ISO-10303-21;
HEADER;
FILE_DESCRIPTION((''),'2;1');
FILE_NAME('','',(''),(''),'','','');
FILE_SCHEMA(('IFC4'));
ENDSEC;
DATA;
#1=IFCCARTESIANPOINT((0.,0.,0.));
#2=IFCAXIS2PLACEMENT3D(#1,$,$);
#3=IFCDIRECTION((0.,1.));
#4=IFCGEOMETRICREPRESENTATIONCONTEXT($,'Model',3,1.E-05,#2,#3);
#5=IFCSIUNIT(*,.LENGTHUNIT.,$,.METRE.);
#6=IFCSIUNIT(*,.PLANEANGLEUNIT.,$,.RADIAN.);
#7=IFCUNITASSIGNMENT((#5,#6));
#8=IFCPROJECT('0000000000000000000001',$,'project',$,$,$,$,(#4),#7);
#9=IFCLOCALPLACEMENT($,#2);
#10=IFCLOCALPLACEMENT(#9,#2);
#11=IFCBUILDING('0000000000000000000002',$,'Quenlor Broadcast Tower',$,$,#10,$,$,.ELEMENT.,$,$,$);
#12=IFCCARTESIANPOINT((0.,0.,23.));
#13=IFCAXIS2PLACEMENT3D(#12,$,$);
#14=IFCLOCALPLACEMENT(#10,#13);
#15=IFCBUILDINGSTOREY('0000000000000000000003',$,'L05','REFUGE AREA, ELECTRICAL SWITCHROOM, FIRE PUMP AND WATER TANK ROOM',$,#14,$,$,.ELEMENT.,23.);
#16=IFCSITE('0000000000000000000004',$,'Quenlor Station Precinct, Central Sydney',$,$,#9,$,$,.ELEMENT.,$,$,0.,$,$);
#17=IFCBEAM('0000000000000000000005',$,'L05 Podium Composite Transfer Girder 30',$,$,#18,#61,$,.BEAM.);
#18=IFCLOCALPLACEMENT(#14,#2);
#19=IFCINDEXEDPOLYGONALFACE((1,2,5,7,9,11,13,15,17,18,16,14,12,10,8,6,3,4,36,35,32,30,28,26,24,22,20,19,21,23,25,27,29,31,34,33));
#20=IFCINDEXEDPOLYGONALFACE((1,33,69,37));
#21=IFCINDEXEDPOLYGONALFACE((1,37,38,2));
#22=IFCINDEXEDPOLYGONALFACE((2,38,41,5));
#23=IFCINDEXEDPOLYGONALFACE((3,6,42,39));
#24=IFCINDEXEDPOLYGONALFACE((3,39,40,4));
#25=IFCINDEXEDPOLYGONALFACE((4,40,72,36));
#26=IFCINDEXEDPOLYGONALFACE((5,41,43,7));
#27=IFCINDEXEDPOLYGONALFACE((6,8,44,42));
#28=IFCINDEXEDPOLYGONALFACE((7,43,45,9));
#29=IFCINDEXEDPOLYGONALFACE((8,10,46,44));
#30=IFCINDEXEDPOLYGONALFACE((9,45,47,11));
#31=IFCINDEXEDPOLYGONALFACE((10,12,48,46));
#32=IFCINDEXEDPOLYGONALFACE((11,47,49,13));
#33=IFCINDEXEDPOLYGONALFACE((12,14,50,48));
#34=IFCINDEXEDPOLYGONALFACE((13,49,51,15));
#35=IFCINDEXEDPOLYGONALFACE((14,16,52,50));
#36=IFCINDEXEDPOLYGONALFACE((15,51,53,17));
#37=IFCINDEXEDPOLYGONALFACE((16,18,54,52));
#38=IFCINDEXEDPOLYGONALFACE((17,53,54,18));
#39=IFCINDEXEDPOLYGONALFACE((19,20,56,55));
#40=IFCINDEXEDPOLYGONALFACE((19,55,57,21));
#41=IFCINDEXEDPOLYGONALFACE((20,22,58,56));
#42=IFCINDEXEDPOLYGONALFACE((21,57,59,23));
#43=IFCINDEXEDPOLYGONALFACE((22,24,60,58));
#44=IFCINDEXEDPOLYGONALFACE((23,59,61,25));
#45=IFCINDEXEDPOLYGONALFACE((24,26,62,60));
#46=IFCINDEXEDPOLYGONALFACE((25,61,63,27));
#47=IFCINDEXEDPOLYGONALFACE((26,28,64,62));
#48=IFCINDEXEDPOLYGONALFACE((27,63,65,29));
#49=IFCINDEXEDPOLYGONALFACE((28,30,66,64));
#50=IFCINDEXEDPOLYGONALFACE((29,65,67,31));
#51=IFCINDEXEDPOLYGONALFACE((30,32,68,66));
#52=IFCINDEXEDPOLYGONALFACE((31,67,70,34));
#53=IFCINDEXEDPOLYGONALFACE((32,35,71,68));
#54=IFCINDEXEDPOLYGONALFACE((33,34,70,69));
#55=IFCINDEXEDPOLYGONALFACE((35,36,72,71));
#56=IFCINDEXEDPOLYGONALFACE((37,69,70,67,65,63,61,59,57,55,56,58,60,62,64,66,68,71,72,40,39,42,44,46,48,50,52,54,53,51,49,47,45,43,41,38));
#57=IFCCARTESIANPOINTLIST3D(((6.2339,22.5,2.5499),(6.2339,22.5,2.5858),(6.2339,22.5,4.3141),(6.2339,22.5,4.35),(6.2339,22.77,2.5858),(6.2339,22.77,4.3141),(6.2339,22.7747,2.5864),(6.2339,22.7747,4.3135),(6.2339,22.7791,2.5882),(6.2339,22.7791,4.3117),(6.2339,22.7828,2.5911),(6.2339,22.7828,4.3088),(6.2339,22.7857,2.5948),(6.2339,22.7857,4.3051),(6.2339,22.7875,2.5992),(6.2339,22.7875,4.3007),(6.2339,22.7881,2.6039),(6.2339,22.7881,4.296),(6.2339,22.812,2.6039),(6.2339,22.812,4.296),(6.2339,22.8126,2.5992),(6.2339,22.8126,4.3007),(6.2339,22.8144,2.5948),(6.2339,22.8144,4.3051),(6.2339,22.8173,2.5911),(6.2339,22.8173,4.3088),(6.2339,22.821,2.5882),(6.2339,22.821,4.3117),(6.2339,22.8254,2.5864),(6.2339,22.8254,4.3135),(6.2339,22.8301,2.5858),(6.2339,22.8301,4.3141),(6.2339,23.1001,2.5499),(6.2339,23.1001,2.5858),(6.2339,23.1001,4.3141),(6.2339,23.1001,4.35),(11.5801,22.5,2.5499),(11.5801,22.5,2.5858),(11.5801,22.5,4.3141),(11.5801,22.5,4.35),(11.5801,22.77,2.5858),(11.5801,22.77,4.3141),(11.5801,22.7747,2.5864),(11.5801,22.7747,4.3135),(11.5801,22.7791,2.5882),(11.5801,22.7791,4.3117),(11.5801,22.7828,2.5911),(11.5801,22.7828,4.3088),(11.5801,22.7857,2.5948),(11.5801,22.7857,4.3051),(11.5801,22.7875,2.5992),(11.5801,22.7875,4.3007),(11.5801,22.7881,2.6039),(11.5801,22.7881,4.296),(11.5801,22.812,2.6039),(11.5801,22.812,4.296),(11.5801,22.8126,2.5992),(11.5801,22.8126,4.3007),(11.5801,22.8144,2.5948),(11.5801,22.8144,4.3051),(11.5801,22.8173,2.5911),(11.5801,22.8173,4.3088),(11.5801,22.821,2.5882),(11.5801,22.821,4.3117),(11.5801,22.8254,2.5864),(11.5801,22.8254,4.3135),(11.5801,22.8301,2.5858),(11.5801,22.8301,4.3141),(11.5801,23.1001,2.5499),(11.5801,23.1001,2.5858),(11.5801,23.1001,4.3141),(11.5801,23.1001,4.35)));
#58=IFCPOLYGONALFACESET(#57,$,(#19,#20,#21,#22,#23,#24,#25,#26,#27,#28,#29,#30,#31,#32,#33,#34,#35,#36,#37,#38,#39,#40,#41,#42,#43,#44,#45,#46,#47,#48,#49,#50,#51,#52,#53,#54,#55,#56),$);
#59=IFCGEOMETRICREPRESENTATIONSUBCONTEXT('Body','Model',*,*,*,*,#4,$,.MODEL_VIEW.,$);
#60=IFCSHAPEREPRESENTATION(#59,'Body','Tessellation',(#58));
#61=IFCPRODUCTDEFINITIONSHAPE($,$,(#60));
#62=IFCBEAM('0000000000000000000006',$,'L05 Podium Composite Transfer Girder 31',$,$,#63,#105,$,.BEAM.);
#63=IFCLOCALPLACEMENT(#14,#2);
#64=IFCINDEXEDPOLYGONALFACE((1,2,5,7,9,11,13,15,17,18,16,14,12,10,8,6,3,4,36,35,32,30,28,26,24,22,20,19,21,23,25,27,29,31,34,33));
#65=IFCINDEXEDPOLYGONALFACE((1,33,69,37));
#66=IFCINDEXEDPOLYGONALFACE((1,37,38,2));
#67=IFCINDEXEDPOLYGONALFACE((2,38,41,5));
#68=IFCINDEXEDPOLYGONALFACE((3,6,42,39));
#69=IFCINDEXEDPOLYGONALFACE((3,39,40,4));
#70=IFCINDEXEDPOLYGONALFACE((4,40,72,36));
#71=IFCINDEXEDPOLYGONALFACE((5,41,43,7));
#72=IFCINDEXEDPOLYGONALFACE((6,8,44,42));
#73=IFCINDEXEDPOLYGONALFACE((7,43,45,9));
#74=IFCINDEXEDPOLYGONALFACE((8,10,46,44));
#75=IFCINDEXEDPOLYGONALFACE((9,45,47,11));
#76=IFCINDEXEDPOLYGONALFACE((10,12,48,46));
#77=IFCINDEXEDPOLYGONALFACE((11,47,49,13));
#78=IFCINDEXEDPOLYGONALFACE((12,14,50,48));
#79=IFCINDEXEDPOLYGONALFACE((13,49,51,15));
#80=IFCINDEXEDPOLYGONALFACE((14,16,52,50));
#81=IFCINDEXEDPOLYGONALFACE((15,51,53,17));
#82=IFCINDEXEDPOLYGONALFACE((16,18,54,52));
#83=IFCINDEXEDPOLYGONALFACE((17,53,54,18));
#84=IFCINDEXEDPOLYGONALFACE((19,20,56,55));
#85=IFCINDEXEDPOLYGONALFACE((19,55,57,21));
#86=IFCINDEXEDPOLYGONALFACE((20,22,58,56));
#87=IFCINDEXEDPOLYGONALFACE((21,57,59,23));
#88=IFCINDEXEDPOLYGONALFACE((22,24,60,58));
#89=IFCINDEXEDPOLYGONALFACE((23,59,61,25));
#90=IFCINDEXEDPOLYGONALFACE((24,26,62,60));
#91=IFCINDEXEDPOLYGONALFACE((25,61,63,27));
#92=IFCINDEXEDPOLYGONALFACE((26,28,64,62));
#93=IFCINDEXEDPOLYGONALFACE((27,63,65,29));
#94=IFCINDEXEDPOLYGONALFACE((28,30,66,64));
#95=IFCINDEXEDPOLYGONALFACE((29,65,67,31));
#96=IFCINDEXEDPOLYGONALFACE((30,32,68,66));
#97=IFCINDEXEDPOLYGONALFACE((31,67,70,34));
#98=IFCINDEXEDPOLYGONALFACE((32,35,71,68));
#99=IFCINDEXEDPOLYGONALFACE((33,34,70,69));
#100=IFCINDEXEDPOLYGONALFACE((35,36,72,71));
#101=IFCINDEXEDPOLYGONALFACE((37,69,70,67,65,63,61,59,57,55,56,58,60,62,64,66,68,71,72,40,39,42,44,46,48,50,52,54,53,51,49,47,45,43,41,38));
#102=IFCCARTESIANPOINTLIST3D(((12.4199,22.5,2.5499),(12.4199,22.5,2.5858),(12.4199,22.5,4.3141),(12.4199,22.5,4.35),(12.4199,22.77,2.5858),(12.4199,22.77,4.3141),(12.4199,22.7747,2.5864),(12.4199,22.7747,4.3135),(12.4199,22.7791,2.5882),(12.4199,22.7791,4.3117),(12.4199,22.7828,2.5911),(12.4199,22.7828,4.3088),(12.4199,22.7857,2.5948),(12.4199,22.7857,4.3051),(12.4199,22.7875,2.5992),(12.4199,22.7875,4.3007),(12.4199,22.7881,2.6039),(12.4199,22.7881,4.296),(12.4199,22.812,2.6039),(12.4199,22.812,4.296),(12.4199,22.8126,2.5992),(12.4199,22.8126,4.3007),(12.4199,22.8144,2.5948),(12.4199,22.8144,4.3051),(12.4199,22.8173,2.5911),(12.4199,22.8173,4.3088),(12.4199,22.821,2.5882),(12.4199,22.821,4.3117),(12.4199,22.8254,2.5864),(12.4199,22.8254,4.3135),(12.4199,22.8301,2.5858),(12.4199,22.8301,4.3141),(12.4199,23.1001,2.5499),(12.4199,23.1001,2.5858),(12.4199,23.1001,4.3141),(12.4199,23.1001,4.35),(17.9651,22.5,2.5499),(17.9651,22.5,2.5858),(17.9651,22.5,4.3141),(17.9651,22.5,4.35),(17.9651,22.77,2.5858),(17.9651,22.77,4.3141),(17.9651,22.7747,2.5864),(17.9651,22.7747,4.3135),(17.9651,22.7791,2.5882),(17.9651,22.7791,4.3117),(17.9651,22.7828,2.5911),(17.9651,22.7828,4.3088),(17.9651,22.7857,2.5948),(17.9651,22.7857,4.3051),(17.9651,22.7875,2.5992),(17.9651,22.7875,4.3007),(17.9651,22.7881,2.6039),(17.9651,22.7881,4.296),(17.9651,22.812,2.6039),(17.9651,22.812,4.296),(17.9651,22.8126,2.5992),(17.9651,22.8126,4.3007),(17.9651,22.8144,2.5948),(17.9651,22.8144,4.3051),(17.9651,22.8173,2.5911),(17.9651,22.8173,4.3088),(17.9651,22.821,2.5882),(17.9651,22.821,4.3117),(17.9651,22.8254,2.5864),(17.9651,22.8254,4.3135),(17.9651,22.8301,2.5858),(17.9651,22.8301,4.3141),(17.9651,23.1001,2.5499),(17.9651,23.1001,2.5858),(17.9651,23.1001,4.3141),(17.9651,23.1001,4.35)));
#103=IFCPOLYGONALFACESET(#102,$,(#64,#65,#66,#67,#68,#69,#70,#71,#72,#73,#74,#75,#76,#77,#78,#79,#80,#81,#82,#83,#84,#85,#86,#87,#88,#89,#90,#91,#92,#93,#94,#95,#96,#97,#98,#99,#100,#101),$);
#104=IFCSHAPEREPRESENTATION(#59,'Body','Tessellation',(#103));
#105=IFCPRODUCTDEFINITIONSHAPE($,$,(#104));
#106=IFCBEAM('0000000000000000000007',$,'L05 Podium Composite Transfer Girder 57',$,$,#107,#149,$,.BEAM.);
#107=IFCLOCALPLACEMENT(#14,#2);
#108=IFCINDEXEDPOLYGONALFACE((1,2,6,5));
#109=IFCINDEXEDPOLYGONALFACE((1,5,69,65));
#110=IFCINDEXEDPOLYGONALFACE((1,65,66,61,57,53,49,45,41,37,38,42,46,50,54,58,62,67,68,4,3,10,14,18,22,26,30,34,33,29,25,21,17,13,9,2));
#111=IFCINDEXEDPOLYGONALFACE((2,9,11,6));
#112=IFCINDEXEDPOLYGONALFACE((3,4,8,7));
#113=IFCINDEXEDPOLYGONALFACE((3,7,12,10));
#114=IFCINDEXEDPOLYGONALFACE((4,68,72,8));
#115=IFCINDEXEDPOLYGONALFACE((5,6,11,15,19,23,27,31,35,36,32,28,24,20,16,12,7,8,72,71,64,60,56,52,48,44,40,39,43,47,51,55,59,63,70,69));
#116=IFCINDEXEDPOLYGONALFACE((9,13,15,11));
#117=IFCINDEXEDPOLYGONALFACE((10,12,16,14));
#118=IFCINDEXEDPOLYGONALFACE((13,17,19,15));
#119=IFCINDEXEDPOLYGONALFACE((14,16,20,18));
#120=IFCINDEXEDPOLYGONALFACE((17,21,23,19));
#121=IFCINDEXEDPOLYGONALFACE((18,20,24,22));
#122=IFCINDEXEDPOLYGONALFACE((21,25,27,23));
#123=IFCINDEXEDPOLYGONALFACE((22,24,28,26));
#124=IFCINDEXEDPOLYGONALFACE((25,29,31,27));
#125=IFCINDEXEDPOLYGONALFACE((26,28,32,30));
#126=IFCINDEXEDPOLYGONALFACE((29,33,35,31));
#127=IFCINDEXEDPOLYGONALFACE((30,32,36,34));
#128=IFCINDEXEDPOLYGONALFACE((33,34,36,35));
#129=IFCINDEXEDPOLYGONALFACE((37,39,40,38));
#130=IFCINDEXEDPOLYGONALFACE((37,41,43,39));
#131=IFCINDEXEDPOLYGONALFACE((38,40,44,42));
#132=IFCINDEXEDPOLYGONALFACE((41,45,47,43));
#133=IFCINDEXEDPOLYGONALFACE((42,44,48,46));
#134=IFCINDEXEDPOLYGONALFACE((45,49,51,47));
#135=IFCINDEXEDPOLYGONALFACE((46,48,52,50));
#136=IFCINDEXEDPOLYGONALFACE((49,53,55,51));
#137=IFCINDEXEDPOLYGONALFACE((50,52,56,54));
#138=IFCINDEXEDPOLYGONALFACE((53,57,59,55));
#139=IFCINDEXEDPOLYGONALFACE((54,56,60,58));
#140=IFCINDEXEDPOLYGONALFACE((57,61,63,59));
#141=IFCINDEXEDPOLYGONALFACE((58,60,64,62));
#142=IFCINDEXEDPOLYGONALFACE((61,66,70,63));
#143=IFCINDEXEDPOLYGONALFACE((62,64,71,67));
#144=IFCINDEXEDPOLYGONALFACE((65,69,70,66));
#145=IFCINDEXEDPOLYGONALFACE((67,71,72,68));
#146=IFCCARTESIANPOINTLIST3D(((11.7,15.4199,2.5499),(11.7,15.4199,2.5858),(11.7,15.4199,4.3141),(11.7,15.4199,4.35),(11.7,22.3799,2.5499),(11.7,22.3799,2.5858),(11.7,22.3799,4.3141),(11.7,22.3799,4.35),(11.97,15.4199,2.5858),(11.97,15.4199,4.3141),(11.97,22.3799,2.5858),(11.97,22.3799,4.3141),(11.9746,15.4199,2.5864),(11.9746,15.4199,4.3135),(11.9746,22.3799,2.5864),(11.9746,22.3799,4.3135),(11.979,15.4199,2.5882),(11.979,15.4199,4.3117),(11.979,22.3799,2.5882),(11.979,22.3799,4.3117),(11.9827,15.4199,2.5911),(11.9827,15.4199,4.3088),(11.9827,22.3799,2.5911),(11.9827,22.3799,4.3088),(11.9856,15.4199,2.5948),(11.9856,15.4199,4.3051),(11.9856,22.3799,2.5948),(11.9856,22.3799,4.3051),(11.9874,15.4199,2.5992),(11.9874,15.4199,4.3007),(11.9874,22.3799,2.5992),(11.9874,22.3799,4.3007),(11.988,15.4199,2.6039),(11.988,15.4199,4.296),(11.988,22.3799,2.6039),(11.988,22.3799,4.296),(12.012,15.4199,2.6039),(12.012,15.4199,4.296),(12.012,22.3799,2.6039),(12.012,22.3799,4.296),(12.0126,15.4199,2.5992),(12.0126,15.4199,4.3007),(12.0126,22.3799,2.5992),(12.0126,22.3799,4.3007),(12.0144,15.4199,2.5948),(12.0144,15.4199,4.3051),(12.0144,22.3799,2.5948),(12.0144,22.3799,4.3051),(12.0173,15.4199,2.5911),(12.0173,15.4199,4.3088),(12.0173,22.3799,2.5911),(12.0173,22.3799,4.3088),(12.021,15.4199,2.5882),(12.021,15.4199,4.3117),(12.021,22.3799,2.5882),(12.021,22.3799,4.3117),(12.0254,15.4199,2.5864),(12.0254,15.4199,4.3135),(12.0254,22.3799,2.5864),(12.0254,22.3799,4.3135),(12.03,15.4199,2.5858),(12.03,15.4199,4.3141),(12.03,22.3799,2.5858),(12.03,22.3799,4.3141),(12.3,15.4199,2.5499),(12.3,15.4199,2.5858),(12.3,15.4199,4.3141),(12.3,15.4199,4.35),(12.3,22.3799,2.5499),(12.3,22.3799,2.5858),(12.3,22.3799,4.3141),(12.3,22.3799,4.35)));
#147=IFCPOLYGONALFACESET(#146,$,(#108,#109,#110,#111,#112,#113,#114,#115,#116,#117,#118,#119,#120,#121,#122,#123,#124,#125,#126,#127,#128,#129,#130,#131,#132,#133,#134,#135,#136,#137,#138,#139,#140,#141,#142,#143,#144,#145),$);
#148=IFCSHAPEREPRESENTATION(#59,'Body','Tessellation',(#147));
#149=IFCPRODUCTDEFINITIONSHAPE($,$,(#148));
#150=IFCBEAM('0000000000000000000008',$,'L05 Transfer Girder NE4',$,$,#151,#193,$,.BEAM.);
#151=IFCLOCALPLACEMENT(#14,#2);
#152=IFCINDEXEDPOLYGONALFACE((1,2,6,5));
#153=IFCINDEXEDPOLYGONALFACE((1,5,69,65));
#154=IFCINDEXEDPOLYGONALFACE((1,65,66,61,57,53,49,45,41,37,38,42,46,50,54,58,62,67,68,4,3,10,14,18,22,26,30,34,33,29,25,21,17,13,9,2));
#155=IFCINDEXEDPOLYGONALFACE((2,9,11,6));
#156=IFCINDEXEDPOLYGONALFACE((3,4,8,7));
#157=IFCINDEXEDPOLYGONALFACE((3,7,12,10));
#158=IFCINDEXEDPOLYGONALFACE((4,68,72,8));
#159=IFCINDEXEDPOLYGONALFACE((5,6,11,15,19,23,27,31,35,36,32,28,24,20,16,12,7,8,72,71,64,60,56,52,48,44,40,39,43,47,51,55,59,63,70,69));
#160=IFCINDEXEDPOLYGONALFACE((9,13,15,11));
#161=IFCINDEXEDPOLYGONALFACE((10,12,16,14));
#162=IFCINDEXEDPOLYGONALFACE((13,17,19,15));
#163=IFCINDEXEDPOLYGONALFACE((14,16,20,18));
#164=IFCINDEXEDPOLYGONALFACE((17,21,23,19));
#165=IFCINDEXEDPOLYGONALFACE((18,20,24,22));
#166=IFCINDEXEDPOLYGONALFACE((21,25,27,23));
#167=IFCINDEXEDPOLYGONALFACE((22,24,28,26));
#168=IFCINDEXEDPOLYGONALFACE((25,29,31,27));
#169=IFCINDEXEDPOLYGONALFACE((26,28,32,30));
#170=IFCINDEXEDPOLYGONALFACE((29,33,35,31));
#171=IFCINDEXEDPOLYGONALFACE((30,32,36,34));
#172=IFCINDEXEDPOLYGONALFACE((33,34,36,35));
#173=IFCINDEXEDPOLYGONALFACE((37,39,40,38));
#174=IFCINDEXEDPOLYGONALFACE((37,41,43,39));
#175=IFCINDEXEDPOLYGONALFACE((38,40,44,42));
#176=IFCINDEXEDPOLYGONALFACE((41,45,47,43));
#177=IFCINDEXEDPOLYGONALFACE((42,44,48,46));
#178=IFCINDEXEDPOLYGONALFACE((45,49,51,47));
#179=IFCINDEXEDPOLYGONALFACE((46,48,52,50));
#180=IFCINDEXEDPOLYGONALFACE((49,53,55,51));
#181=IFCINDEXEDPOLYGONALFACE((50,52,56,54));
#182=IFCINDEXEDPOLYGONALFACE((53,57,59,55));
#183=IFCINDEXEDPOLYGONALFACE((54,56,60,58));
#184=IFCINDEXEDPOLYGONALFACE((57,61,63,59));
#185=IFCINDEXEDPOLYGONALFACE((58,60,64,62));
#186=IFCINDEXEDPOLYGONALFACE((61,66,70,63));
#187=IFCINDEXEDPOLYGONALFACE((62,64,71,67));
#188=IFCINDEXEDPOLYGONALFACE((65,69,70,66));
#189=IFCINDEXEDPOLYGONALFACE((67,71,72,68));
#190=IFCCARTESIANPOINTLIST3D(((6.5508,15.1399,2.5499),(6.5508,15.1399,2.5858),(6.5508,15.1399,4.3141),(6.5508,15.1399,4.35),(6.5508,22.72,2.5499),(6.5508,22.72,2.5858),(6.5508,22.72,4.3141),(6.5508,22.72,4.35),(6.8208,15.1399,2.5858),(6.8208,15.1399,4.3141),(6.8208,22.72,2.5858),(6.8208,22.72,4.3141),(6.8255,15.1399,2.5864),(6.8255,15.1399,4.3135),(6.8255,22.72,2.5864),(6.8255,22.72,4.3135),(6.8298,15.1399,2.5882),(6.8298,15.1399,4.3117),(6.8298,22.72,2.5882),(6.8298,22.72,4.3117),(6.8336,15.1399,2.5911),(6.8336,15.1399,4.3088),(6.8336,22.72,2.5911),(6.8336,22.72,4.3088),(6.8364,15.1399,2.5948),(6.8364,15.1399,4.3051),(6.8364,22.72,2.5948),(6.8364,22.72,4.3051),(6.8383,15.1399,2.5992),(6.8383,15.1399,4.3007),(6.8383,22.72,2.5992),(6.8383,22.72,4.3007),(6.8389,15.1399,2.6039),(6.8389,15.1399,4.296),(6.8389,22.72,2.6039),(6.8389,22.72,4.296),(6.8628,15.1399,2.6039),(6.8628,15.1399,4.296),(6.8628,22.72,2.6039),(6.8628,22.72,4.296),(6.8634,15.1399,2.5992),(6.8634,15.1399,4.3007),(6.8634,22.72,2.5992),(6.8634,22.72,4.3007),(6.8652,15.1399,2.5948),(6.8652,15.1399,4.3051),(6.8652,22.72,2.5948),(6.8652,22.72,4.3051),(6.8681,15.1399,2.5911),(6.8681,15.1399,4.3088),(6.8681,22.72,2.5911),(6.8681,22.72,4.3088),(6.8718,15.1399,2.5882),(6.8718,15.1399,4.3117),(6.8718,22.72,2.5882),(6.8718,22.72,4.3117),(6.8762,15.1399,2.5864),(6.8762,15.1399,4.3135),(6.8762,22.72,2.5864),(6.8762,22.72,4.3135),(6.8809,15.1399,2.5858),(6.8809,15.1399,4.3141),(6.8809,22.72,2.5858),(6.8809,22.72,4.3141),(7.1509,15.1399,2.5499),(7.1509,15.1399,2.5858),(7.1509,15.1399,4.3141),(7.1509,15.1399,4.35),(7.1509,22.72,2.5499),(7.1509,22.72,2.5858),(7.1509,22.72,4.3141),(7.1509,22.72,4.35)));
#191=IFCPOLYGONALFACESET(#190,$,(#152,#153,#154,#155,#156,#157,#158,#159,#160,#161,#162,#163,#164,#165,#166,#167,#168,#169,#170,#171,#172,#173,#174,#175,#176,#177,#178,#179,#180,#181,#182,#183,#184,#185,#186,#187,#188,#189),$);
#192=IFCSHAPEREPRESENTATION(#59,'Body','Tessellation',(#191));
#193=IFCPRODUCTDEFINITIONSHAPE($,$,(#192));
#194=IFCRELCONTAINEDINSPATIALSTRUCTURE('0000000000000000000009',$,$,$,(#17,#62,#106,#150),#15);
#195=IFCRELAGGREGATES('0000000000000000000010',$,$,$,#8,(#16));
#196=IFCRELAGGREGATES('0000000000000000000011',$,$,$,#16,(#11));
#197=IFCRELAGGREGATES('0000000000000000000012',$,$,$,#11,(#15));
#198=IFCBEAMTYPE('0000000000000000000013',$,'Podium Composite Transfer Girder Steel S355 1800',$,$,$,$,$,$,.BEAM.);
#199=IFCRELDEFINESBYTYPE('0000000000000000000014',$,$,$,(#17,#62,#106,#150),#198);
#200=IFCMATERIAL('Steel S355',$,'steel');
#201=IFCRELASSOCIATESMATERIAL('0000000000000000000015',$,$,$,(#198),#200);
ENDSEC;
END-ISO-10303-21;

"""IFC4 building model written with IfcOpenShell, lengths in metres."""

from ifc_helpers import new_model, si_unit, direction, frame, origin, origin_2d, place, context, subcontext, project, spatial, i_section, extrude, material, material_profile, profile_set, type_object, element, save


model = new_model("IFC4")

# Units and contexts
model_context = context("Model", 3, precision=1e-05, world=origin(), true_north=direction((0.0, 1.0)))
body_context = subcontext(model_context, "Body", "Model", "MODEL_VIEW")
ifc_project = project(units=[si_unit("LENGTHUNIT", "METRE"), si_unit("PLANEANGLEUNIT", "RADIAN")], contexts=[model_context])

# Site, building, storey
site_placement = place(None, origin())
site = spatial("IfcSite", under=ifc_project, at=site_placement, Name="Quenlor Station Precinct, Central Sydney", CompositionType="ELEMENT", RefElevation=0.0)
building_placement = place(site_placement, origin())
building = spatial("IfcBuilding", under=site, at=building_placement, Name="Quenlor Broadcast Tower", CompositionType="ELEMENT")
storey_placement = place(building_placement, frame((0.0, 0.0, 23.0)))
storey = spatial("IfcBuildingStorey", under=building, at=storey_placement, Name="L05", Description="REFUGE AREA, ELECTRICAL SWITCHROOM, FIRE PUMP AND WATER TANK ROOM", CompositionType="ELEMENT", Elevation=23.0)

# Beams
ifc_material_1 = material(Name="Steel S355", Category="steel")
ifc_material_profile_1 = material_profile(ifc_material_1, i_section(OverallWidth=0.6001, OverallDepth=1.8, WebThickness=0.0239, FlangeThickness=0.0359, FilletRadius=0.0181, at=origin_2d()))
ifc_profile_set_1 = profile_set([ifc_material_profile_1], Name="Steel S355 1800TG620")
beam_type_1 = type_object("IfcBeamType", Name="Podium Composite Transfer Girder Steel S355 1800", PredefinedType="BEAM", material=ifc_profile_set_1)
for number, where, z_axis, x_axis, name in (
    (1, (6.2339, 22.8, 3.45), (1.0, 0.0, 0.0), (0.0, 1.0, 0.0), "L05 Podium Composite Transfer Girder 30"),
):
    element("IfcBeam", number, at=place(storey_placement, frame(where, z_axis=z_axis, x_axis=x_axis)), inside=storey, type_object=beam_type_1, Name=name, PredefinedType="BEAM", context=body_context, shape_type="SweptSolid", body=[
        extrude(i_section(OverallWidth=0.6001, OverallDepth=1.8, WebThickness=0.0239, FlangeThickness=0.0359, FilletRadius=0.0181, at=origin_2d()), origin(), (0.0, 0.0, 1.0), 5.3462),
    ])
beam_1_placement = place(storey_placement, frame((12.4199, 22.8, 3.45), z_axis=(1.0, 0.0, 0.0), x_axis=(0.0, 1.0, 0.0)))
element("IfcBeam", 2, at=beam_1_placement, inside=storey, type_object=beam_type_1, Name="L05 Podium Composite Transfer Girder 31", PredefinedType="BEAM", context=body_context, shape_type="SweptSolid", body=[
    extrude(i_section(OverallWidth=0.6001, OverallDepth=1.8, WebThickness=0.0239, FlangeThickness=0.0359, FilletRadius=0.0181, at=origin_2d()), origin(), (0.0, 0.0, 1.0), 5.5452),
])
beam_2_placement = place(storey_placement, frame((12.0, 15.4199, 3.45), z_axis=(0.0, 1.0, 0.0), x_axis=(-1.0, 0.0, 0.0)))
element("IfcBeam", 3, at=beam_2_placement, inside=storey, type_object=beam_type_1, Name="L05 Podium Composite Transfer Girder 57", PredefinedType="BEAM", context=body_context, shape_type="SweptSolid", body=[
    extrude(i_section(OverallWidth=0.6001, OverallDepth=1.8, WebThickness=0.0239, FlangeThickness=0.0359, FilletRadius=0.0181, at=origin_2d()), origin(), (0.0, 0.0, 1.0), 6.96),
])
beam_3_placement = place(storey_placement, frame((6.8508, 15.1399, 3.45), z_axis=(0.0, 1.0, 0.0), x_axis=(-1.0, 0.0, 0.0)))
element("IfcBeam", 4, at=beam_3_placement, inside=storey, type_object=beam_type_1, Name="L05 Transfer Girder NE4", PredefinedType="BEAM", context=body_context, shape_type="SweptSolid", body=[
    extrude(i_section(OverallWidth=0.6001, OverallDepth=1.8, WebThickness=0.0239, FlangeThickness=0.0359, FilletRadius=0.0181, at=origin_2d()), origin(), (0.0, 0.0, 1.0), 7.5801),
])

save(model, "model.ifc")
